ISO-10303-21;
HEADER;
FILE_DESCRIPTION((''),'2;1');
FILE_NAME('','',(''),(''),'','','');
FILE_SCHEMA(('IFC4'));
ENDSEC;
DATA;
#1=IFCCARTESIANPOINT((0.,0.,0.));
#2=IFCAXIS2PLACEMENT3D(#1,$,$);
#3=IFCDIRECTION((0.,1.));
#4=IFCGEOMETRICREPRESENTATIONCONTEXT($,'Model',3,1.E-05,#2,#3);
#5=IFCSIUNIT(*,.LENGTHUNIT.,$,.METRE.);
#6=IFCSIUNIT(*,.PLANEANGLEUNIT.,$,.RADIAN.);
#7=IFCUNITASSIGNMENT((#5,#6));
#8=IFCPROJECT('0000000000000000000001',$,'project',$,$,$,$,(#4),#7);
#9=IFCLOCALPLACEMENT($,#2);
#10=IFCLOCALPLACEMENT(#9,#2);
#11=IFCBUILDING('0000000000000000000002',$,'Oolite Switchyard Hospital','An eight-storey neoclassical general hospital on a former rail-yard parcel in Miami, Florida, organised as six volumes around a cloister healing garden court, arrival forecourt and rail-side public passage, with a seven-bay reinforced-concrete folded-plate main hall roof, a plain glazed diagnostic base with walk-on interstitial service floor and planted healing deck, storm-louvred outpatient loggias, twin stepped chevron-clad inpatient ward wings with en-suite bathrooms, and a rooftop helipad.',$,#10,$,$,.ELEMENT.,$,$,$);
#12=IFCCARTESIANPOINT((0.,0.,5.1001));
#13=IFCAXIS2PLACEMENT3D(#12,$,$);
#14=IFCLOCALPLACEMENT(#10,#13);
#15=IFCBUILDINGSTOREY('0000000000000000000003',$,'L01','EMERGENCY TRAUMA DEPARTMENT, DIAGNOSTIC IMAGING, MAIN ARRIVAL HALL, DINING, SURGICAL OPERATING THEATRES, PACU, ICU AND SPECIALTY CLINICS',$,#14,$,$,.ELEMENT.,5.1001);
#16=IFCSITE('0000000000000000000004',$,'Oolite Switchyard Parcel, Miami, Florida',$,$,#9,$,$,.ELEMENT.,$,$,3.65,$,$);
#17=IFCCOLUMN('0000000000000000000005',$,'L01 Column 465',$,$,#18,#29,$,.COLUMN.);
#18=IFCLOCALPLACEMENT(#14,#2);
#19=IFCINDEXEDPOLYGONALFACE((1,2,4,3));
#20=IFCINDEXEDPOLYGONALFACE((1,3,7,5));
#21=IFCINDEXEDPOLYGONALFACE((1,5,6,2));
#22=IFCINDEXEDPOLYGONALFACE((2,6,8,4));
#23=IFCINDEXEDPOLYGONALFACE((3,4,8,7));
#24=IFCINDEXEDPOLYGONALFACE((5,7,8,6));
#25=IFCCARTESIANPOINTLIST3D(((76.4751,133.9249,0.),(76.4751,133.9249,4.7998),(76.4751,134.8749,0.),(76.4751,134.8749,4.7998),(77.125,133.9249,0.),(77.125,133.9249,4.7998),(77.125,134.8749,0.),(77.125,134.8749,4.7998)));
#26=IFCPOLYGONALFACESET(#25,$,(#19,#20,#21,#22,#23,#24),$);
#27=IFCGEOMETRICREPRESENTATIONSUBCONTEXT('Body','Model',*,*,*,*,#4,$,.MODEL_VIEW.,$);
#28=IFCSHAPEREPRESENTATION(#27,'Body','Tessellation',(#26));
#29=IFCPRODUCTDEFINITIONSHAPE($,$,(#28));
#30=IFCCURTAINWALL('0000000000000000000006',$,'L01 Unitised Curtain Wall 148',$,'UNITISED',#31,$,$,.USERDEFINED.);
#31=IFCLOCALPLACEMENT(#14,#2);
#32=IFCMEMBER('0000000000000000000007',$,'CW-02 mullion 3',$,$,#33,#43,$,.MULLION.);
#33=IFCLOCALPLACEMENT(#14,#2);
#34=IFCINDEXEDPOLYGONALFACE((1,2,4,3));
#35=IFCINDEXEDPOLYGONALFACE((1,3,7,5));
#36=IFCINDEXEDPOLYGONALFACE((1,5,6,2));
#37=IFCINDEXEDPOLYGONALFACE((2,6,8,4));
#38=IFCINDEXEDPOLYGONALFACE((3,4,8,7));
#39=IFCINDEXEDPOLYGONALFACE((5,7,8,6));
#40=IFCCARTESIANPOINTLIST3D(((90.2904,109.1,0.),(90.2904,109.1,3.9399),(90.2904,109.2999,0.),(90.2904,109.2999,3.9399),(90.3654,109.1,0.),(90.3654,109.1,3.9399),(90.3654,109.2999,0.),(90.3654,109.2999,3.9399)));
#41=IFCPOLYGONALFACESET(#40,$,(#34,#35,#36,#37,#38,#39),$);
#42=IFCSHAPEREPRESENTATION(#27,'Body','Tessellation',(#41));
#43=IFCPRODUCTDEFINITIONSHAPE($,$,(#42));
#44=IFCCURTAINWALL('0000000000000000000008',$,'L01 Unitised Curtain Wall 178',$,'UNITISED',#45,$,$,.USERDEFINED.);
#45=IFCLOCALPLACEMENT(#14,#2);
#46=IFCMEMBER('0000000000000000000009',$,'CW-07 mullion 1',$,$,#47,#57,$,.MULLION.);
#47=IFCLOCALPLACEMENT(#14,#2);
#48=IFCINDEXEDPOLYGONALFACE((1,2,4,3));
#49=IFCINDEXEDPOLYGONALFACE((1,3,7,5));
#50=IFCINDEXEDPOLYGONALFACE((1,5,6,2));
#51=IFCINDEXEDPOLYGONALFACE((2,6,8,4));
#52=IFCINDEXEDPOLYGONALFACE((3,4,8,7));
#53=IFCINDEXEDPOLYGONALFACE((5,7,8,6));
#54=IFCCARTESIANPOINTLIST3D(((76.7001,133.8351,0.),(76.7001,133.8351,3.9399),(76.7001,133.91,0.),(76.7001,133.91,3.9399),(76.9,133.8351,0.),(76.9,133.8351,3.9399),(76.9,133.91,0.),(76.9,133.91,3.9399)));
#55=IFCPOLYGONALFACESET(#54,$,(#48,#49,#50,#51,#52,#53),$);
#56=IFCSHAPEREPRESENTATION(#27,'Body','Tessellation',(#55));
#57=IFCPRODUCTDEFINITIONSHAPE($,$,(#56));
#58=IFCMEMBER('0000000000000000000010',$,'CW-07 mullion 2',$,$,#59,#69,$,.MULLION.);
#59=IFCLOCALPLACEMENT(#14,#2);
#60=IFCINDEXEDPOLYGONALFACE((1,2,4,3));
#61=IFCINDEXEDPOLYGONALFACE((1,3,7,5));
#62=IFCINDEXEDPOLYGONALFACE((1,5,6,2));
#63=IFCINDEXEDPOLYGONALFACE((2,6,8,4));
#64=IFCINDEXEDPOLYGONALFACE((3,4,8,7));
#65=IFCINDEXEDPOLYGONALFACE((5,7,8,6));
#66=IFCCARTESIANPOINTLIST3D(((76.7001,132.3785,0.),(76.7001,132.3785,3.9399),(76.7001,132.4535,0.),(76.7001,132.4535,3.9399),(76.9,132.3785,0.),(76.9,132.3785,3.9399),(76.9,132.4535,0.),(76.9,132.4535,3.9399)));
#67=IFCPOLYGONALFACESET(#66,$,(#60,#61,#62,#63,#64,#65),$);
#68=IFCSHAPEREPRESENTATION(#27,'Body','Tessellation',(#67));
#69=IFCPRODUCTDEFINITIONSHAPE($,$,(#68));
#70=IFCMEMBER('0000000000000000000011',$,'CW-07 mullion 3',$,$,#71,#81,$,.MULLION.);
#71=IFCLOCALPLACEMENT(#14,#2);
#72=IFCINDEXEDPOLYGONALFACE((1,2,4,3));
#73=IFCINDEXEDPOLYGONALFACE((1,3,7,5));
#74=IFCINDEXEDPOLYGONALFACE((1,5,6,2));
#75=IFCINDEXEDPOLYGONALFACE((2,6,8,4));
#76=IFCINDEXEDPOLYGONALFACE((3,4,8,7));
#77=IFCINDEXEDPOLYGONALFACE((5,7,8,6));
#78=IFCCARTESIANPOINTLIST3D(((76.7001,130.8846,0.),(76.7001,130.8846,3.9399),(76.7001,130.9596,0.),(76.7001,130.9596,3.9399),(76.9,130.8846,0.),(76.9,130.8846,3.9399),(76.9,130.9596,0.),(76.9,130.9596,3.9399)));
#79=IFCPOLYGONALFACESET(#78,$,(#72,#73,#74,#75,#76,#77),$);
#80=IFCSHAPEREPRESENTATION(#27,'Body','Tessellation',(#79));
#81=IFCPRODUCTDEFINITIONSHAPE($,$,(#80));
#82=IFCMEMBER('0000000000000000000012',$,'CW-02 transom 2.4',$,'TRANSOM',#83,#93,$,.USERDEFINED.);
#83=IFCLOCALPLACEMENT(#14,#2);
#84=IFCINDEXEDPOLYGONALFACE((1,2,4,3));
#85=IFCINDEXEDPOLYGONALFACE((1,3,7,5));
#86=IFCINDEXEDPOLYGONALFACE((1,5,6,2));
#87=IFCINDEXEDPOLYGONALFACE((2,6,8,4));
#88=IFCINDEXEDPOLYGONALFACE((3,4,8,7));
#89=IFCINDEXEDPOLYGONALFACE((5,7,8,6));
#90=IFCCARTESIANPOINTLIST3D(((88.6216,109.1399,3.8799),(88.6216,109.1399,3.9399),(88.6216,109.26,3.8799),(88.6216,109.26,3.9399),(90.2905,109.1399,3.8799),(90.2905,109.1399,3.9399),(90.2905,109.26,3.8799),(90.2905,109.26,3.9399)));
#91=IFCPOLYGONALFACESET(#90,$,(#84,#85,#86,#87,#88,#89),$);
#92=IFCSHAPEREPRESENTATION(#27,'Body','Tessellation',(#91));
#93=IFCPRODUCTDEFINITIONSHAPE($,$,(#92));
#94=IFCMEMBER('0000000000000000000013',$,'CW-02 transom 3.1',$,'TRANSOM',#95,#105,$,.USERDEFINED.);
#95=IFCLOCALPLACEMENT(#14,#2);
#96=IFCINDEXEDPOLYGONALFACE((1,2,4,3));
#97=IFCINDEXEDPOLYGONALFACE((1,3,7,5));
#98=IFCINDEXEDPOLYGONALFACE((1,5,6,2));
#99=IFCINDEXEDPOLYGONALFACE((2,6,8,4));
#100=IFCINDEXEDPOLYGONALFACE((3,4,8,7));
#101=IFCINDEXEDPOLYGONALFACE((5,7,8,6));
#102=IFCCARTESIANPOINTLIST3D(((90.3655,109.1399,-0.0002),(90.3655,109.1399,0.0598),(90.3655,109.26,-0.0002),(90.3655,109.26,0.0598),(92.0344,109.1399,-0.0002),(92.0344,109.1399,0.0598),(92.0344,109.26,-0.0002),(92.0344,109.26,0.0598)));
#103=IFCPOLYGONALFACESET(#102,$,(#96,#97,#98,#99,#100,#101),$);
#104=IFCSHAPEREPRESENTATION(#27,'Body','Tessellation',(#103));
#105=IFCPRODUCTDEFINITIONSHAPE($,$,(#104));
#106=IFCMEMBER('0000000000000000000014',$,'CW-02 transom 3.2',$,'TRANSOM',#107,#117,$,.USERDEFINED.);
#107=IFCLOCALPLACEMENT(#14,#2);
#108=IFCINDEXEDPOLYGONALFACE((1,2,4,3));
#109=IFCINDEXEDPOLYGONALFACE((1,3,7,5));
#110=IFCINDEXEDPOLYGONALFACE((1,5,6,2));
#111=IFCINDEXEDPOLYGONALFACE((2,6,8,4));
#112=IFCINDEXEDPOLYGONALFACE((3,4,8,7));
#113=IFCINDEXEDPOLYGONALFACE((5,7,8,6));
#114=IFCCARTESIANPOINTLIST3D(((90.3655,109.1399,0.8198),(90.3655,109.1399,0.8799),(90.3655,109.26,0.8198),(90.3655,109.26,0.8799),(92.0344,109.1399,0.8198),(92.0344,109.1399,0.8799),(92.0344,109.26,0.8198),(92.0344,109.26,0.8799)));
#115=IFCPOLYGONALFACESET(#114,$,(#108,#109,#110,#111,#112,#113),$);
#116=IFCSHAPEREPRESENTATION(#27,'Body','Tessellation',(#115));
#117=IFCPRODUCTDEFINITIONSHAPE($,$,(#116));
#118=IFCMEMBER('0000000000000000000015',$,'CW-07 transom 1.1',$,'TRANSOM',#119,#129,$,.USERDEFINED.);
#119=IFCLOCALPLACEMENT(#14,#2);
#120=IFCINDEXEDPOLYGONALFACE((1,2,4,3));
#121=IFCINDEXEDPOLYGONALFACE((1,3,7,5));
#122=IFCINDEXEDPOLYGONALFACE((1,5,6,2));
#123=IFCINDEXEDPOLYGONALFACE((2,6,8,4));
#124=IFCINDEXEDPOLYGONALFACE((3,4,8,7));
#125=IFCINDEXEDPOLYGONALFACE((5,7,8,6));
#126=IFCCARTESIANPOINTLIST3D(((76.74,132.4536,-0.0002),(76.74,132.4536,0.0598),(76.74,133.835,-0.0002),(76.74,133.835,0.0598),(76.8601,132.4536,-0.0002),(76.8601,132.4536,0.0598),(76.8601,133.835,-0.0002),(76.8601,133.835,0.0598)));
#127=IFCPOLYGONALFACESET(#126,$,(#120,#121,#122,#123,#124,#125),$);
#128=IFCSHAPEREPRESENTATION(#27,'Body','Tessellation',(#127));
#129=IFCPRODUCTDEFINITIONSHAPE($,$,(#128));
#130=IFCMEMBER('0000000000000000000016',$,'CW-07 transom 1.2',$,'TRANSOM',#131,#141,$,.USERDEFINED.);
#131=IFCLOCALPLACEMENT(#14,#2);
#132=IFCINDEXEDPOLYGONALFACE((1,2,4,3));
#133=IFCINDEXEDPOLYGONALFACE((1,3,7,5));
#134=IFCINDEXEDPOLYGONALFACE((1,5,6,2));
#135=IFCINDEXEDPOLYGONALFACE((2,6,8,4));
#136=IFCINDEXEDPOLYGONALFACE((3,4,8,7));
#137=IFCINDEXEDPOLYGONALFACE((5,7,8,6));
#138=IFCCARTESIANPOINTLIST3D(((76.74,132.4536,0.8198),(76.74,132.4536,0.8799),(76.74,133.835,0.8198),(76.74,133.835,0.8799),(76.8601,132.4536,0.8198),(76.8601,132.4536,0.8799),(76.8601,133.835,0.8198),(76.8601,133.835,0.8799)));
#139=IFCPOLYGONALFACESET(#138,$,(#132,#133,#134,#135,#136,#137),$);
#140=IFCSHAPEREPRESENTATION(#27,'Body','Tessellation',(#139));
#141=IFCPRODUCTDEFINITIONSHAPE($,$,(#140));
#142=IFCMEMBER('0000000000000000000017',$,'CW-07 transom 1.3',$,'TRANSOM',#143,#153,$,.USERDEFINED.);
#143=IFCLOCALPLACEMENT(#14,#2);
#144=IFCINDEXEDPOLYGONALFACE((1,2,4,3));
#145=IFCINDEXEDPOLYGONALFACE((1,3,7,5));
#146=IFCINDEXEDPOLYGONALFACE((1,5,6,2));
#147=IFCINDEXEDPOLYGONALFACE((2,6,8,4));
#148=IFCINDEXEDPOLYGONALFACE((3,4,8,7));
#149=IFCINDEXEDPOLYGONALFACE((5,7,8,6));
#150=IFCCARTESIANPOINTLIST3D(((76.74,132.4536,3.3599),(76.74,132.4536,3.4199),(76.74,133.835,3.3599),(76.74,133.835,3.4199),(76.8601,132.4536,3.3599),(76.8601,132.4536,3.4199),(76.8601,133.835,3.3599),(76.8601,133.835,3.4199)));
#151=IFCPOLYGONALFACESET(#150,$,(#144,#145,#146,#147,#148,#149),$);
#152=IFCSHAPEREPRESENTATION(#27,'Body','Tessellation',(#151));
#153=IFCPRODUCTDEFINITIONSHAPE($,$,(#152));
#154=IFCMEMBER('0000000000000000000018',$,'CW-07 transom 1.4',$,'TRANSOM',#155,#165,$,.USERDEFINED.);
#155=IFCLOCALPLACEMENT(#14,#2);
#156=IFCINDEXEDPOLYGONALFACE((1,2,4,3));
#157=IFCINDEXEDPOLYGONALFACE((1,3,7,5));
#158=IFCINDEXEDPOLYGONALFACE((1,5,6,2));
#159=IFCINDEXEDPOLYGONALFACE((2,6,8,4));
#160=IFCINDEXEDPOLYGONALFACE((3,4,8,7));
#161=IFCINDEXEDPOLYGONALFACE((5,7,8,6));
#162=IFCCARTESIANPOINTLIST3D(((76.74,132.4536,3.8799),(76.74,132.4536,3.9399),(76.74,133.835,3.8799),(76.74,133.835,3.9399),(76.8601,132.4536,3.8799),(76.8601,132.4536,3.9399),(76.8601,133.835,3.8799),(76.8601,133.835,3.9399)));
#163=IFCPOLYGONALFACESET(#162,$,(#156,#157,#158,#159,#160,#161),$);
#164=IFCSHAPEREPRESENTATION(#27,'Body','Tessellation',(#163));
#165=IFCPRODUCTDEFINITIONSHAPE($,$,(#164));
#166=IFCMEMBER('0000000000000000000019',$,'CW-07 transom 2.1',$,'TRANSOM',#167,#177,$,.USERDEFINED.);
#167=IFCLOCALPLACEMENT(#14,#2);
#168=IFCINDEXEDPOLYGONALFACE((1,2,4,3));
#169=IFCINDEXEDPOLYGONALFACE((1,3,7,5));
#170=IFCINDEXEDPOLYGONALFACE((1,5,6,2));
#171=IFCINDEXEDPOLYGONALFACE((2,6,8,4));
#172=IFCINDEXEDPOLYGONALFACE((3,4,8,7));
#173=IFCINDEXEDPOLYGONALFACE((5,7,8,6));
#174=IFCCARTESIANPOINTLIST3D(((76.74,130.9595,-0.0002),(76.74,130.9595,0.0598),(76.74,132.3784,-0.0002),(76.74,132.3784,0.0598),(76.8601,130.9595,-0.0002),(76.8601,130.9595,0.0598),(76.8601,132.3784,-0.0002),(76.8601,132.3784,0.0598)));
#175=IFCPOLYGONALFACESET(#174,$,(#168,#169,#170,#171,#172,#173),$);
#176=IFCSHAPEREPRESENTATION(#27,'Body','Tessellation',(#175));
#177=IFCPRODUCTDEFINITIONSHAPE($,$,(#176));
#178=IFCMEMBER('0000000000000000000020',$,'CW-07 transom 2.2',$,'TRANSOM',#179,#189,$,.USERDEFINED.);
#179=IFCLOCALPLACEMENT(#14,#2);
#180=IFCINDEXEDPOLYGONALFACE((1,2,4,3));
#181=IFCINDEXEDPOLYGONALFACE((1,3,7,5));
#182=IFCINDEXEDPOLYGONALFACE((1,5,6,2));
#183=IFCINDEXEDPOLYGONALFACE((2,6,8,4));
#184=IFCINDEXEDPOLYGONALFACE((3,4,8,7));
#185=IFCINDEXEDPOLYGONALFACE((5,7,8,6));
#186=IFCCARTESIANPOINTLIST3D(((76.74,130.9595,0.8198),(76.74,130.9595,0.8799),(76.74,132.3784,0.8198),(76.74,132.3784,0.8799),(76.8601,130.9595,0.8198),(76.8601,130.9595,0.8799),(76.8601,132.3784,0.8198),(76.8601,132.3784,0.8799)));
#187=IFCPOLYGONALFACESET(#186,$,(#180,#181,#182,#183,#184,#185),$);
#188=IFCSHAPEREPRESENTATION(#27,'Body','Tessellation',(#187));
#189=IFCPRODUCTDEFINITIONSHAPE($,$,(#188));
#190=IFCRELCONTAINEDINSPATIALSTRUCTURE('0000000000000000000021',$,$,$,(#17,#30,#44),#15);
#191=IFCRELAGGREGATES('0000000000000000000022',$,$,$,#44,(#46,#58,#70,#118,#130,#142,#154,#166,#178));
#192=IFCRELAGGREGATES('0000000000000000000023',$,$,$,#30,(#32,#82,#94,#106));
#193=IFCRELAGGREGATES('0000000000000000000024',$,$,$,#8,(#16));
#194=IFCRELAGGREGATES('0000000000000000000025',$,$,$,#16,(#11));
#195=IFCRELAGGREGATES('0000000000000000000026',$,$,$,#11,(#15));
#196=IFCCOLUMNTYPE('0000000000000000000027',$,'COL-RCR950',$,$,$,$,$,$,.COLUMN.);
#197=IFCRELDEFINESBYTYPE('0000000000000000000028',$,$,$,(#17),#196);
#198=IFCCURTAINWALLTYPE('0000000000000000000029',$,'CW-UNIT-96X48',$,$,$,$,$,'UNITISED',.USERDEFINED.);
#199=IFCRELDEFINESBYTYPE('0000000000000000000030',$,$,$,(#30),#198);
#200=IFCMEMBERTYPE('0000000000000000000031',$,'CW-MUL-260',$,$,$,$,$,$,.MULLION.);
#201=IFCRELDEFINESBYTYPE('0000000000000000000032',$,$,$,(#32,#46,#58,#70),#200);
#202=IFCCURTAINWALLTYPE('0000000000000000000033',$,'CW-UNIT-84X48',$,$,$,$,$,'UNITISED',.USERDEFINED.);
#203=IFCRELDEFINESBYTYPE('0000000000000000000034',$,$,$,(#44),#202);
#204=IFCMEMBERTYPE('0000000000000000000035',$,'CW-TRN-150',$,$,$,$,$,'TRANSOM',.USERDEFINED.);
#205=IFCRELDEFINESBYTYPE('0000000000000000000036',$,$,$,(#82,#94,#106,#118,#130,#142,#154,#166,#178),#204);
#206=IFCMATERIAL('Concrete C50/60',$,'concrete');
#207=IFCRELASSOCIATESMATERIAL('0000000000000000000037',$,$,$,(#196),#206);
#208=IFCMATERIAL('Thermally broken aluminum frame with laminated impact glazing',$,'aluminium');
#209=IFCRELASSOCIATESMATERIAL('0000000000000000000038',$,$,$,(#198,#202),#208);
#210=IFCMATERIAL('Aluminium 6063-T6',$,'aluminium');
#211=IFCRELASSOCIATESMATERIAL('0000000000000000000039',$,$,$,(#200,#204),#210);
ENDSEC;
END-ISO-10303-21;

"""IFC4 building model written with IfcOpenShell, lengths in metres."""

from ifc_helpers import new_model, si_unit, direction, frame, origin, origin_2d, place, context, subcontext, project, spatial, rectangle, extrude, material, material_profile, profile_set, type_object, element, aggregate, save


model = new_model("IFC4")

# Units and contexts
model_context = context("Model", 3, precision=1e-05, world=origin(), true_north=direction((0.0, 1.0)))
body_context = subcontext(model_context, "Body", "Model", "MODEL_VIEW")
ifc_project = project(units=[si_unit("LENGTHUNIT", "METRE"), si_unit("PLANEANGLEUNIT", "RADIAN")], contexts=[model_context])

# Site, building, storey
site_placement = place(None, origin())
site = spatial("IfcSite", under=ifc_project, at=site_placement, Name="Oolite Switchyard Parcel, Miami, Florida", CompositionType="ELEMENT", RefElevation=3.65)
building_placement = place(site_placement, origin())
building = spatial("IfcBuilding", under=site, at=building_placement, Name="Oolite Switchyard Hospital", Description="An eight-storey neoclassical general hospital on a former rail-yard parcel in Miami, Florida, organised as six volumes around a cloister healing garden court, arrival forecourt and rail-side public passage, with a seven-bay reinforced-concrete folded-plate main hall roof, a plain glazed diagnostic base with walk-on interstitial service floor and planted healing deck, storm-louvred outpatient loggias, twin stepped chevron-clad inpatient ward wings with en-suite bathrooms, and a rooftop helipad.", CompositionType="ELEMENT")
storey_placement = place(building_placement, frame((0.0, 0.0, 5.1001)))
storey = spatial("IfcBuildingStorey", under=building, at=storey_placement, Name="L01", Description="EMERGENCY TRAUMA DEPARTMENT, DIAGNOSTIC IMAGING, MAIN ARRIVAL HALL, DINING, SURGICAL OPERATING THEATRES, PACU, ICU AND SPECIALTY CLINICS", CompositionType="ELEMENT", Elevation=5.1001)

# Column
ifc_material_1 = material(Name="Concrete C50/60", Category="concrete")
ifc_material_profile_1 = material_profile(ifc_material_1, rectangle(XDim=0.95, YDim=0.6499, at=origin_2d()), Name="RC950X650")
ifc_profile_set_1 = profile_set([ifc_material_profile_1], Name="Concrete C50/60")
column_type = type_object("IfcColumnType", Name="COL-RCR950", PredefinedType="COLUMN", material=ifc_profile_set_1)
column_placement = place(storey_placement, frame((76.8, 134.3999, 0.0), z_axis=(0.0, 0.0, 1.0), x_axis=(0.0, 1.0, 0.0)))
element("IfcColumn", 1, at=column_placement, inside=storey, type_object=column_type, Name="L01 Column 465", PredefinedType="COLUMN", context=body_context, shape_type="SweptSolid", body=[
    extrude(rectangle(XDim=0.95, YDim=0.6499, at=origin_2d()), origin(), (0.0, 0.0, 1.0), 4.7998),
])

# Curtain wall, member
ifc_material_2 = material(Name="Thermally broken aluminum frame with laminated impact glazing", Category="aluminium")
curtain_wall_type_1 = type_object("IfcCurtainWallType", Name="CW-UNIT-96X48", ElementType="UNITISED", PredefinedType="USERDEFINED", material=ifc_material_2)
curtain_wall_1_placement = place(storey_placement, origin())
curtain_wall_1 = element("IfcCurtainWall", 2, at=curtain_wall_1_placement, inside=storey, type_object=curtain_wall_type_1, Name="L01 Unitised Curtain Wall 148", ObjectType="UNITISED", PredefinedType="USERDEFINED")
ifc_material_3 = material(Name="Aluminium 6063-T6", Category="aluminium")
ifc_material_profile_2 = material_profile(ifc_material_3, rectangle(XDim=0.2, YDim=0.075, at=origin_2d()), Name="CWM75X200")
ifc_profile_set_2 = profile_set([ifc_material_profile_2], Name="Aluminium 6063-T6")
member_type_1 = type_object("IfcMemberType", Name="CW-MUL-260", PredefinedType="MULLION", material=ifc_profile_set_2)
member_1_placement = place(storey_placement, frame((90.3279, 109.2, 0.0), z_axis=(0.0, 0.0, 1.0), x_axis=(0.0, 1.0, 0.0)))
member_1 = element("IfcMember", 3, at=member_1_placement, type_object=member_type_1, Name="CW-02 mullion 3", PredefinedType="MULLION", context=body_context, shape_type="SweptSolid", body=[
    extrude(rectangle(XDim=0.2, YDim=0.075, at=origin_2d()), origin(), (0.0, 0.0, 1.0), 3.9399),
])

# Curtain wall, members
curtain_wall_type_2 = type_object("IfcCurtainWallType", Name="CW-UNIT-84X48", ElementType="UNITISED", PredefinedType="USERDEFINED", material=ifc_material_2)
curtain_wall_2_placement = place(storey_placement, origin())
curtain_wall_2 = element("IfcCurtainWall", 4, at=curtain_wall_2_placement, inside=storey, type_object=curtain_wall_type_2, Name="L01 Unitised Curtain Wall 178", ObjectType="UNITISED", PredefinedType="USERDEFINED")
member_2_placement = place(storey_placement, frame((76.8, 133.8726, 0.0), z_axis=(0.0, 0.0, 1.0), x_axis=(1.0, 0.0, 0.0)))
member_2 = element("IfcMember", 5, at=member_2_placement, type_object=member_type_1, Name="CW-07 mullion 1", PredefinedType="MULLION", context=body_context, shape_type="SweptSolid", body=[
    extrude(rectangle(XDim=0.2, YDim=0.075, at=origin_2d()), origin(), (0.0, 0.0, 1.0), 3.9399),
])
member_3_placement = place(storey_placement, frame((76.8, 132.416, 0.0), z_axis=(0.0, 0.0, 1.0), x_axis=(1.0, 0.0, 0.0)))
member_3 = element("IfcMember", 6, at=member_3_placement, type_object=member_type_1, Name="CW-07 mullion 2", PredefinedType="MULLION", context=body_context, shape_type="SweptSolid", body=[
    extrude(rectangle(XDim=0.2, YDim=0.075, at=origin_2d()), origin(), (0.0, 0.0, 1.0), 3.9399),
])
member_4_placement = place(storey_placement, frame((76.8, 130.9221, 0.0), z_axis=(0.0, 0.0, 1.0), x_axis=(1.0, 0.0, 0.0)))
member_4 = element("IfcMember", 7, at=member_4_placement, type_object=member_type_1, Name="CW-07 mullion 3", PredefinedType="MULLION", context=body_context, shape_type="SweptSolid", body=[
    extrude(rectangle(XDim=0.2, YDim=0.075, at=origin_2d()), origin(), (0.0, 0.0, 1.0), 3.9399),
])

# Members
ifc_material_profile_3 = material_profile(ifc_material_3, rectangle(XDim=0.1201, YDim=0.0601, at=origin_2d()), Name="CWT60X120")
ifc_profile_set_3 = profile_set([ifc_material_profile_3], Name="Aluminium 6063-T6")
member_type_2 = type_object("IfcMemberType", Name="CW-TRN-150", ElementType="TRANSOM", PredefinedType="USERDEFINED", material=ifc_profile_set_3)
member_5_placement = place(storey_placement, frame((88.6216, 109.2, 3.9099), z_axis=(1.0, 0.0, 0.0), x_axis=(0.0, 1.0, 0.0)))
member_5 = element("IfcMember", 8, at=member_5_placement, type_object=member_type_2, Name="CW-02 transom 2.4", ObjectType="TRANSOM", PredefinedType="USERDEFINED", context=body_context, shape_type="SweptSolid", body=[
    extrude(rectangle(XDim=0.1201, YDim=0.0601, at=origin_2d()), origin(), (0.0, 0.0, 1.0), 1.6689),
])
member_6_placement = place(storey_placement, frame((90.3655, 109.2, 0.0298), z_axis=(1.0, 0.0, 0.0), x_axis=(0.0, 1.0, 0.0)))
member_6 = element("IfcMember", 9, at=member_6_placement, type_object=member_type_2, Name="CW-02 transom 3.1", ObjectType="TRANSOM", PredefinedType="USERDEFINED", context=body_context, shape_type="SweptSolid", body=[
    extrude(rectangle(XDim=0.1201, YDim=0.0601, at=origin_2d()), origin(), (0.0, 0.0, 1.0), 1.6689),
])
member_7_placement = place(storey_placement, frame((90.3655, 109.2, 0.8499), z_axis=(1.0, 0.0, 0.0), x_axis=(0.0, 1.0, 0.0)))
member_7 = element("IfcMember", 10, at=member_7_placement, type_object=member_type_2, Name="CW-02 transom 3.2", ObjectType="TRANSOM", PredefinedType="USERDEFINED", context=body_context, shape_type="SweptSolid", body=[
    extrude(rectangle(XDim=0.1201, YDim=0.0601, at=origin_2d()), origin(), (0.0, 0.0, 1.0), 1.6689),
])
member_8_placement = place(storey_placement, frame((76.8, 133.835, 0.0298), z_axis=(0.0, -1.0, 0.0), x_axis=(1.0, 0.0, 0.0)))
member_8 = element("IfcMember", 11, at=member_8_placement, type_object=member_type_2, Name="CW-07 transom 1.1", ObjectType="TRANSOM", PredefinedType="USERDEFINED", context=body_context, shape_type="SweptSolid", body=[
    extrude(rectangle(XDim=0.1201, YDim=0.0601, at=origin_2d()), origin(), (0.0, 0.0, 1.0), 1.3813),
])
member_9_placement = place(storey_placement, frame((76.8, 133.835, 0.8499), z_axis=(0.0, -1.0, 0.0), x_axis=(1.0, 0.0, 0.0)))
member_9 = element("IfcMember", 12, at=member_9_placement, type_object=member_type_2, Name="CW-07 transom 1.2", ObjectType="TRANSOM", PredefinedType="USERDEFINED", context=body_context, shape_type="SweptSolid", body=[
    extrude(rectangle(XDim=0.1201, YDim=0.0601, at=origin_2d()), origin(), (0.0, 0.0, 1.0), 1.3813),
])
member_10_placement = place(storey_placement, frame((76.8, 133.835, 3.3899), z_axis=(0.0, -1.0, 0.0), x_axis=(1.0, 0.0, 0.0)))
member_10 = element("IfcMember", 13, at=member_10_placement, type_object=member_type_2, Name="CW-07 transom 1.3", ObjectType="TRANSOM", PredefinedType="USERDEFINED", context=body_context, shape_type="SweptSolid", body=[
    extrude(rectangle(XDim=0.1201, YDim=0.0601, at=origin_2d()), origin(), (0.0, 0.0, 1.0), 1.3813),
])
member_11_placement = place(storey_placement, frame((76.8, 133.835, 3.9099), z_axis=(0.0, -1.0, 0.0), x_axis=(1.0, 0.0, 0.0)))
member_11 = element("IfcMember", 14, at=member_11_placement, type_object=member_type_2, Name="CW-07 transom 1.4", ObjectType="TRANSOM", PredefinedType="USERDEFINED", context=body_context, shape_type="SweptSolid", body=[
    extrude(rectangle(XDim=0.1201, YDim=0.0601, at=origin_2d()), origin(), (0.0, 0.0, 1.0), 1.3813),
])
member_12_placement = place(storey_placement, frame((76.8, 132.3784, 0.0298), z_axis=(0.0, -1.0, 0.0), x_axis=(1.0, 0.0, 0.0)))
member_12 = element("IfcMember", 15, at=member_12_placement, type_object=member_type_2, Name="CW-07 transom 2.1", ObjectType="TRANSOM", PredefinedType="USERDEFINED", context=body_context, shape_type="SweptSolid", body=[
    extrude(rectangle(XDim=0.1201, YDim=0.0601, at=origin_2d()), origin(), (0.0, 0.0, 1.0), 1.4189),
])
member_13_placement = place(storey_placement, frame((76.8, 132.3784, 0.8499), z_axis=(0.0, -1.0, 0.0), x_axis=(1.0, 0.0, 0.0)))
member_13 = element("IfcMember", 16, at=member_13_placement, type_object=member_type_2, Name="CW-07 transom 2.2", ObjectType="TRANSOM", PredefinedType="USERDEFINED", context=body_context, shape_type="SweptSolid", body=[
    extrude(rectangle(XDim=0.1201, YDim=0.0601, at=origin_2d()), origin(), (0.0, 0.0, 1.0), 1.4189),
])

aggregate(curtain_wall_2, [member_2, member_3, member_4, member_8, member_9, member_10, member_11, member_12, member_13])
aggregate(curtain_wall_1, [member_1, member_5, member_6, member_7])

save(model, "model.ifc")
